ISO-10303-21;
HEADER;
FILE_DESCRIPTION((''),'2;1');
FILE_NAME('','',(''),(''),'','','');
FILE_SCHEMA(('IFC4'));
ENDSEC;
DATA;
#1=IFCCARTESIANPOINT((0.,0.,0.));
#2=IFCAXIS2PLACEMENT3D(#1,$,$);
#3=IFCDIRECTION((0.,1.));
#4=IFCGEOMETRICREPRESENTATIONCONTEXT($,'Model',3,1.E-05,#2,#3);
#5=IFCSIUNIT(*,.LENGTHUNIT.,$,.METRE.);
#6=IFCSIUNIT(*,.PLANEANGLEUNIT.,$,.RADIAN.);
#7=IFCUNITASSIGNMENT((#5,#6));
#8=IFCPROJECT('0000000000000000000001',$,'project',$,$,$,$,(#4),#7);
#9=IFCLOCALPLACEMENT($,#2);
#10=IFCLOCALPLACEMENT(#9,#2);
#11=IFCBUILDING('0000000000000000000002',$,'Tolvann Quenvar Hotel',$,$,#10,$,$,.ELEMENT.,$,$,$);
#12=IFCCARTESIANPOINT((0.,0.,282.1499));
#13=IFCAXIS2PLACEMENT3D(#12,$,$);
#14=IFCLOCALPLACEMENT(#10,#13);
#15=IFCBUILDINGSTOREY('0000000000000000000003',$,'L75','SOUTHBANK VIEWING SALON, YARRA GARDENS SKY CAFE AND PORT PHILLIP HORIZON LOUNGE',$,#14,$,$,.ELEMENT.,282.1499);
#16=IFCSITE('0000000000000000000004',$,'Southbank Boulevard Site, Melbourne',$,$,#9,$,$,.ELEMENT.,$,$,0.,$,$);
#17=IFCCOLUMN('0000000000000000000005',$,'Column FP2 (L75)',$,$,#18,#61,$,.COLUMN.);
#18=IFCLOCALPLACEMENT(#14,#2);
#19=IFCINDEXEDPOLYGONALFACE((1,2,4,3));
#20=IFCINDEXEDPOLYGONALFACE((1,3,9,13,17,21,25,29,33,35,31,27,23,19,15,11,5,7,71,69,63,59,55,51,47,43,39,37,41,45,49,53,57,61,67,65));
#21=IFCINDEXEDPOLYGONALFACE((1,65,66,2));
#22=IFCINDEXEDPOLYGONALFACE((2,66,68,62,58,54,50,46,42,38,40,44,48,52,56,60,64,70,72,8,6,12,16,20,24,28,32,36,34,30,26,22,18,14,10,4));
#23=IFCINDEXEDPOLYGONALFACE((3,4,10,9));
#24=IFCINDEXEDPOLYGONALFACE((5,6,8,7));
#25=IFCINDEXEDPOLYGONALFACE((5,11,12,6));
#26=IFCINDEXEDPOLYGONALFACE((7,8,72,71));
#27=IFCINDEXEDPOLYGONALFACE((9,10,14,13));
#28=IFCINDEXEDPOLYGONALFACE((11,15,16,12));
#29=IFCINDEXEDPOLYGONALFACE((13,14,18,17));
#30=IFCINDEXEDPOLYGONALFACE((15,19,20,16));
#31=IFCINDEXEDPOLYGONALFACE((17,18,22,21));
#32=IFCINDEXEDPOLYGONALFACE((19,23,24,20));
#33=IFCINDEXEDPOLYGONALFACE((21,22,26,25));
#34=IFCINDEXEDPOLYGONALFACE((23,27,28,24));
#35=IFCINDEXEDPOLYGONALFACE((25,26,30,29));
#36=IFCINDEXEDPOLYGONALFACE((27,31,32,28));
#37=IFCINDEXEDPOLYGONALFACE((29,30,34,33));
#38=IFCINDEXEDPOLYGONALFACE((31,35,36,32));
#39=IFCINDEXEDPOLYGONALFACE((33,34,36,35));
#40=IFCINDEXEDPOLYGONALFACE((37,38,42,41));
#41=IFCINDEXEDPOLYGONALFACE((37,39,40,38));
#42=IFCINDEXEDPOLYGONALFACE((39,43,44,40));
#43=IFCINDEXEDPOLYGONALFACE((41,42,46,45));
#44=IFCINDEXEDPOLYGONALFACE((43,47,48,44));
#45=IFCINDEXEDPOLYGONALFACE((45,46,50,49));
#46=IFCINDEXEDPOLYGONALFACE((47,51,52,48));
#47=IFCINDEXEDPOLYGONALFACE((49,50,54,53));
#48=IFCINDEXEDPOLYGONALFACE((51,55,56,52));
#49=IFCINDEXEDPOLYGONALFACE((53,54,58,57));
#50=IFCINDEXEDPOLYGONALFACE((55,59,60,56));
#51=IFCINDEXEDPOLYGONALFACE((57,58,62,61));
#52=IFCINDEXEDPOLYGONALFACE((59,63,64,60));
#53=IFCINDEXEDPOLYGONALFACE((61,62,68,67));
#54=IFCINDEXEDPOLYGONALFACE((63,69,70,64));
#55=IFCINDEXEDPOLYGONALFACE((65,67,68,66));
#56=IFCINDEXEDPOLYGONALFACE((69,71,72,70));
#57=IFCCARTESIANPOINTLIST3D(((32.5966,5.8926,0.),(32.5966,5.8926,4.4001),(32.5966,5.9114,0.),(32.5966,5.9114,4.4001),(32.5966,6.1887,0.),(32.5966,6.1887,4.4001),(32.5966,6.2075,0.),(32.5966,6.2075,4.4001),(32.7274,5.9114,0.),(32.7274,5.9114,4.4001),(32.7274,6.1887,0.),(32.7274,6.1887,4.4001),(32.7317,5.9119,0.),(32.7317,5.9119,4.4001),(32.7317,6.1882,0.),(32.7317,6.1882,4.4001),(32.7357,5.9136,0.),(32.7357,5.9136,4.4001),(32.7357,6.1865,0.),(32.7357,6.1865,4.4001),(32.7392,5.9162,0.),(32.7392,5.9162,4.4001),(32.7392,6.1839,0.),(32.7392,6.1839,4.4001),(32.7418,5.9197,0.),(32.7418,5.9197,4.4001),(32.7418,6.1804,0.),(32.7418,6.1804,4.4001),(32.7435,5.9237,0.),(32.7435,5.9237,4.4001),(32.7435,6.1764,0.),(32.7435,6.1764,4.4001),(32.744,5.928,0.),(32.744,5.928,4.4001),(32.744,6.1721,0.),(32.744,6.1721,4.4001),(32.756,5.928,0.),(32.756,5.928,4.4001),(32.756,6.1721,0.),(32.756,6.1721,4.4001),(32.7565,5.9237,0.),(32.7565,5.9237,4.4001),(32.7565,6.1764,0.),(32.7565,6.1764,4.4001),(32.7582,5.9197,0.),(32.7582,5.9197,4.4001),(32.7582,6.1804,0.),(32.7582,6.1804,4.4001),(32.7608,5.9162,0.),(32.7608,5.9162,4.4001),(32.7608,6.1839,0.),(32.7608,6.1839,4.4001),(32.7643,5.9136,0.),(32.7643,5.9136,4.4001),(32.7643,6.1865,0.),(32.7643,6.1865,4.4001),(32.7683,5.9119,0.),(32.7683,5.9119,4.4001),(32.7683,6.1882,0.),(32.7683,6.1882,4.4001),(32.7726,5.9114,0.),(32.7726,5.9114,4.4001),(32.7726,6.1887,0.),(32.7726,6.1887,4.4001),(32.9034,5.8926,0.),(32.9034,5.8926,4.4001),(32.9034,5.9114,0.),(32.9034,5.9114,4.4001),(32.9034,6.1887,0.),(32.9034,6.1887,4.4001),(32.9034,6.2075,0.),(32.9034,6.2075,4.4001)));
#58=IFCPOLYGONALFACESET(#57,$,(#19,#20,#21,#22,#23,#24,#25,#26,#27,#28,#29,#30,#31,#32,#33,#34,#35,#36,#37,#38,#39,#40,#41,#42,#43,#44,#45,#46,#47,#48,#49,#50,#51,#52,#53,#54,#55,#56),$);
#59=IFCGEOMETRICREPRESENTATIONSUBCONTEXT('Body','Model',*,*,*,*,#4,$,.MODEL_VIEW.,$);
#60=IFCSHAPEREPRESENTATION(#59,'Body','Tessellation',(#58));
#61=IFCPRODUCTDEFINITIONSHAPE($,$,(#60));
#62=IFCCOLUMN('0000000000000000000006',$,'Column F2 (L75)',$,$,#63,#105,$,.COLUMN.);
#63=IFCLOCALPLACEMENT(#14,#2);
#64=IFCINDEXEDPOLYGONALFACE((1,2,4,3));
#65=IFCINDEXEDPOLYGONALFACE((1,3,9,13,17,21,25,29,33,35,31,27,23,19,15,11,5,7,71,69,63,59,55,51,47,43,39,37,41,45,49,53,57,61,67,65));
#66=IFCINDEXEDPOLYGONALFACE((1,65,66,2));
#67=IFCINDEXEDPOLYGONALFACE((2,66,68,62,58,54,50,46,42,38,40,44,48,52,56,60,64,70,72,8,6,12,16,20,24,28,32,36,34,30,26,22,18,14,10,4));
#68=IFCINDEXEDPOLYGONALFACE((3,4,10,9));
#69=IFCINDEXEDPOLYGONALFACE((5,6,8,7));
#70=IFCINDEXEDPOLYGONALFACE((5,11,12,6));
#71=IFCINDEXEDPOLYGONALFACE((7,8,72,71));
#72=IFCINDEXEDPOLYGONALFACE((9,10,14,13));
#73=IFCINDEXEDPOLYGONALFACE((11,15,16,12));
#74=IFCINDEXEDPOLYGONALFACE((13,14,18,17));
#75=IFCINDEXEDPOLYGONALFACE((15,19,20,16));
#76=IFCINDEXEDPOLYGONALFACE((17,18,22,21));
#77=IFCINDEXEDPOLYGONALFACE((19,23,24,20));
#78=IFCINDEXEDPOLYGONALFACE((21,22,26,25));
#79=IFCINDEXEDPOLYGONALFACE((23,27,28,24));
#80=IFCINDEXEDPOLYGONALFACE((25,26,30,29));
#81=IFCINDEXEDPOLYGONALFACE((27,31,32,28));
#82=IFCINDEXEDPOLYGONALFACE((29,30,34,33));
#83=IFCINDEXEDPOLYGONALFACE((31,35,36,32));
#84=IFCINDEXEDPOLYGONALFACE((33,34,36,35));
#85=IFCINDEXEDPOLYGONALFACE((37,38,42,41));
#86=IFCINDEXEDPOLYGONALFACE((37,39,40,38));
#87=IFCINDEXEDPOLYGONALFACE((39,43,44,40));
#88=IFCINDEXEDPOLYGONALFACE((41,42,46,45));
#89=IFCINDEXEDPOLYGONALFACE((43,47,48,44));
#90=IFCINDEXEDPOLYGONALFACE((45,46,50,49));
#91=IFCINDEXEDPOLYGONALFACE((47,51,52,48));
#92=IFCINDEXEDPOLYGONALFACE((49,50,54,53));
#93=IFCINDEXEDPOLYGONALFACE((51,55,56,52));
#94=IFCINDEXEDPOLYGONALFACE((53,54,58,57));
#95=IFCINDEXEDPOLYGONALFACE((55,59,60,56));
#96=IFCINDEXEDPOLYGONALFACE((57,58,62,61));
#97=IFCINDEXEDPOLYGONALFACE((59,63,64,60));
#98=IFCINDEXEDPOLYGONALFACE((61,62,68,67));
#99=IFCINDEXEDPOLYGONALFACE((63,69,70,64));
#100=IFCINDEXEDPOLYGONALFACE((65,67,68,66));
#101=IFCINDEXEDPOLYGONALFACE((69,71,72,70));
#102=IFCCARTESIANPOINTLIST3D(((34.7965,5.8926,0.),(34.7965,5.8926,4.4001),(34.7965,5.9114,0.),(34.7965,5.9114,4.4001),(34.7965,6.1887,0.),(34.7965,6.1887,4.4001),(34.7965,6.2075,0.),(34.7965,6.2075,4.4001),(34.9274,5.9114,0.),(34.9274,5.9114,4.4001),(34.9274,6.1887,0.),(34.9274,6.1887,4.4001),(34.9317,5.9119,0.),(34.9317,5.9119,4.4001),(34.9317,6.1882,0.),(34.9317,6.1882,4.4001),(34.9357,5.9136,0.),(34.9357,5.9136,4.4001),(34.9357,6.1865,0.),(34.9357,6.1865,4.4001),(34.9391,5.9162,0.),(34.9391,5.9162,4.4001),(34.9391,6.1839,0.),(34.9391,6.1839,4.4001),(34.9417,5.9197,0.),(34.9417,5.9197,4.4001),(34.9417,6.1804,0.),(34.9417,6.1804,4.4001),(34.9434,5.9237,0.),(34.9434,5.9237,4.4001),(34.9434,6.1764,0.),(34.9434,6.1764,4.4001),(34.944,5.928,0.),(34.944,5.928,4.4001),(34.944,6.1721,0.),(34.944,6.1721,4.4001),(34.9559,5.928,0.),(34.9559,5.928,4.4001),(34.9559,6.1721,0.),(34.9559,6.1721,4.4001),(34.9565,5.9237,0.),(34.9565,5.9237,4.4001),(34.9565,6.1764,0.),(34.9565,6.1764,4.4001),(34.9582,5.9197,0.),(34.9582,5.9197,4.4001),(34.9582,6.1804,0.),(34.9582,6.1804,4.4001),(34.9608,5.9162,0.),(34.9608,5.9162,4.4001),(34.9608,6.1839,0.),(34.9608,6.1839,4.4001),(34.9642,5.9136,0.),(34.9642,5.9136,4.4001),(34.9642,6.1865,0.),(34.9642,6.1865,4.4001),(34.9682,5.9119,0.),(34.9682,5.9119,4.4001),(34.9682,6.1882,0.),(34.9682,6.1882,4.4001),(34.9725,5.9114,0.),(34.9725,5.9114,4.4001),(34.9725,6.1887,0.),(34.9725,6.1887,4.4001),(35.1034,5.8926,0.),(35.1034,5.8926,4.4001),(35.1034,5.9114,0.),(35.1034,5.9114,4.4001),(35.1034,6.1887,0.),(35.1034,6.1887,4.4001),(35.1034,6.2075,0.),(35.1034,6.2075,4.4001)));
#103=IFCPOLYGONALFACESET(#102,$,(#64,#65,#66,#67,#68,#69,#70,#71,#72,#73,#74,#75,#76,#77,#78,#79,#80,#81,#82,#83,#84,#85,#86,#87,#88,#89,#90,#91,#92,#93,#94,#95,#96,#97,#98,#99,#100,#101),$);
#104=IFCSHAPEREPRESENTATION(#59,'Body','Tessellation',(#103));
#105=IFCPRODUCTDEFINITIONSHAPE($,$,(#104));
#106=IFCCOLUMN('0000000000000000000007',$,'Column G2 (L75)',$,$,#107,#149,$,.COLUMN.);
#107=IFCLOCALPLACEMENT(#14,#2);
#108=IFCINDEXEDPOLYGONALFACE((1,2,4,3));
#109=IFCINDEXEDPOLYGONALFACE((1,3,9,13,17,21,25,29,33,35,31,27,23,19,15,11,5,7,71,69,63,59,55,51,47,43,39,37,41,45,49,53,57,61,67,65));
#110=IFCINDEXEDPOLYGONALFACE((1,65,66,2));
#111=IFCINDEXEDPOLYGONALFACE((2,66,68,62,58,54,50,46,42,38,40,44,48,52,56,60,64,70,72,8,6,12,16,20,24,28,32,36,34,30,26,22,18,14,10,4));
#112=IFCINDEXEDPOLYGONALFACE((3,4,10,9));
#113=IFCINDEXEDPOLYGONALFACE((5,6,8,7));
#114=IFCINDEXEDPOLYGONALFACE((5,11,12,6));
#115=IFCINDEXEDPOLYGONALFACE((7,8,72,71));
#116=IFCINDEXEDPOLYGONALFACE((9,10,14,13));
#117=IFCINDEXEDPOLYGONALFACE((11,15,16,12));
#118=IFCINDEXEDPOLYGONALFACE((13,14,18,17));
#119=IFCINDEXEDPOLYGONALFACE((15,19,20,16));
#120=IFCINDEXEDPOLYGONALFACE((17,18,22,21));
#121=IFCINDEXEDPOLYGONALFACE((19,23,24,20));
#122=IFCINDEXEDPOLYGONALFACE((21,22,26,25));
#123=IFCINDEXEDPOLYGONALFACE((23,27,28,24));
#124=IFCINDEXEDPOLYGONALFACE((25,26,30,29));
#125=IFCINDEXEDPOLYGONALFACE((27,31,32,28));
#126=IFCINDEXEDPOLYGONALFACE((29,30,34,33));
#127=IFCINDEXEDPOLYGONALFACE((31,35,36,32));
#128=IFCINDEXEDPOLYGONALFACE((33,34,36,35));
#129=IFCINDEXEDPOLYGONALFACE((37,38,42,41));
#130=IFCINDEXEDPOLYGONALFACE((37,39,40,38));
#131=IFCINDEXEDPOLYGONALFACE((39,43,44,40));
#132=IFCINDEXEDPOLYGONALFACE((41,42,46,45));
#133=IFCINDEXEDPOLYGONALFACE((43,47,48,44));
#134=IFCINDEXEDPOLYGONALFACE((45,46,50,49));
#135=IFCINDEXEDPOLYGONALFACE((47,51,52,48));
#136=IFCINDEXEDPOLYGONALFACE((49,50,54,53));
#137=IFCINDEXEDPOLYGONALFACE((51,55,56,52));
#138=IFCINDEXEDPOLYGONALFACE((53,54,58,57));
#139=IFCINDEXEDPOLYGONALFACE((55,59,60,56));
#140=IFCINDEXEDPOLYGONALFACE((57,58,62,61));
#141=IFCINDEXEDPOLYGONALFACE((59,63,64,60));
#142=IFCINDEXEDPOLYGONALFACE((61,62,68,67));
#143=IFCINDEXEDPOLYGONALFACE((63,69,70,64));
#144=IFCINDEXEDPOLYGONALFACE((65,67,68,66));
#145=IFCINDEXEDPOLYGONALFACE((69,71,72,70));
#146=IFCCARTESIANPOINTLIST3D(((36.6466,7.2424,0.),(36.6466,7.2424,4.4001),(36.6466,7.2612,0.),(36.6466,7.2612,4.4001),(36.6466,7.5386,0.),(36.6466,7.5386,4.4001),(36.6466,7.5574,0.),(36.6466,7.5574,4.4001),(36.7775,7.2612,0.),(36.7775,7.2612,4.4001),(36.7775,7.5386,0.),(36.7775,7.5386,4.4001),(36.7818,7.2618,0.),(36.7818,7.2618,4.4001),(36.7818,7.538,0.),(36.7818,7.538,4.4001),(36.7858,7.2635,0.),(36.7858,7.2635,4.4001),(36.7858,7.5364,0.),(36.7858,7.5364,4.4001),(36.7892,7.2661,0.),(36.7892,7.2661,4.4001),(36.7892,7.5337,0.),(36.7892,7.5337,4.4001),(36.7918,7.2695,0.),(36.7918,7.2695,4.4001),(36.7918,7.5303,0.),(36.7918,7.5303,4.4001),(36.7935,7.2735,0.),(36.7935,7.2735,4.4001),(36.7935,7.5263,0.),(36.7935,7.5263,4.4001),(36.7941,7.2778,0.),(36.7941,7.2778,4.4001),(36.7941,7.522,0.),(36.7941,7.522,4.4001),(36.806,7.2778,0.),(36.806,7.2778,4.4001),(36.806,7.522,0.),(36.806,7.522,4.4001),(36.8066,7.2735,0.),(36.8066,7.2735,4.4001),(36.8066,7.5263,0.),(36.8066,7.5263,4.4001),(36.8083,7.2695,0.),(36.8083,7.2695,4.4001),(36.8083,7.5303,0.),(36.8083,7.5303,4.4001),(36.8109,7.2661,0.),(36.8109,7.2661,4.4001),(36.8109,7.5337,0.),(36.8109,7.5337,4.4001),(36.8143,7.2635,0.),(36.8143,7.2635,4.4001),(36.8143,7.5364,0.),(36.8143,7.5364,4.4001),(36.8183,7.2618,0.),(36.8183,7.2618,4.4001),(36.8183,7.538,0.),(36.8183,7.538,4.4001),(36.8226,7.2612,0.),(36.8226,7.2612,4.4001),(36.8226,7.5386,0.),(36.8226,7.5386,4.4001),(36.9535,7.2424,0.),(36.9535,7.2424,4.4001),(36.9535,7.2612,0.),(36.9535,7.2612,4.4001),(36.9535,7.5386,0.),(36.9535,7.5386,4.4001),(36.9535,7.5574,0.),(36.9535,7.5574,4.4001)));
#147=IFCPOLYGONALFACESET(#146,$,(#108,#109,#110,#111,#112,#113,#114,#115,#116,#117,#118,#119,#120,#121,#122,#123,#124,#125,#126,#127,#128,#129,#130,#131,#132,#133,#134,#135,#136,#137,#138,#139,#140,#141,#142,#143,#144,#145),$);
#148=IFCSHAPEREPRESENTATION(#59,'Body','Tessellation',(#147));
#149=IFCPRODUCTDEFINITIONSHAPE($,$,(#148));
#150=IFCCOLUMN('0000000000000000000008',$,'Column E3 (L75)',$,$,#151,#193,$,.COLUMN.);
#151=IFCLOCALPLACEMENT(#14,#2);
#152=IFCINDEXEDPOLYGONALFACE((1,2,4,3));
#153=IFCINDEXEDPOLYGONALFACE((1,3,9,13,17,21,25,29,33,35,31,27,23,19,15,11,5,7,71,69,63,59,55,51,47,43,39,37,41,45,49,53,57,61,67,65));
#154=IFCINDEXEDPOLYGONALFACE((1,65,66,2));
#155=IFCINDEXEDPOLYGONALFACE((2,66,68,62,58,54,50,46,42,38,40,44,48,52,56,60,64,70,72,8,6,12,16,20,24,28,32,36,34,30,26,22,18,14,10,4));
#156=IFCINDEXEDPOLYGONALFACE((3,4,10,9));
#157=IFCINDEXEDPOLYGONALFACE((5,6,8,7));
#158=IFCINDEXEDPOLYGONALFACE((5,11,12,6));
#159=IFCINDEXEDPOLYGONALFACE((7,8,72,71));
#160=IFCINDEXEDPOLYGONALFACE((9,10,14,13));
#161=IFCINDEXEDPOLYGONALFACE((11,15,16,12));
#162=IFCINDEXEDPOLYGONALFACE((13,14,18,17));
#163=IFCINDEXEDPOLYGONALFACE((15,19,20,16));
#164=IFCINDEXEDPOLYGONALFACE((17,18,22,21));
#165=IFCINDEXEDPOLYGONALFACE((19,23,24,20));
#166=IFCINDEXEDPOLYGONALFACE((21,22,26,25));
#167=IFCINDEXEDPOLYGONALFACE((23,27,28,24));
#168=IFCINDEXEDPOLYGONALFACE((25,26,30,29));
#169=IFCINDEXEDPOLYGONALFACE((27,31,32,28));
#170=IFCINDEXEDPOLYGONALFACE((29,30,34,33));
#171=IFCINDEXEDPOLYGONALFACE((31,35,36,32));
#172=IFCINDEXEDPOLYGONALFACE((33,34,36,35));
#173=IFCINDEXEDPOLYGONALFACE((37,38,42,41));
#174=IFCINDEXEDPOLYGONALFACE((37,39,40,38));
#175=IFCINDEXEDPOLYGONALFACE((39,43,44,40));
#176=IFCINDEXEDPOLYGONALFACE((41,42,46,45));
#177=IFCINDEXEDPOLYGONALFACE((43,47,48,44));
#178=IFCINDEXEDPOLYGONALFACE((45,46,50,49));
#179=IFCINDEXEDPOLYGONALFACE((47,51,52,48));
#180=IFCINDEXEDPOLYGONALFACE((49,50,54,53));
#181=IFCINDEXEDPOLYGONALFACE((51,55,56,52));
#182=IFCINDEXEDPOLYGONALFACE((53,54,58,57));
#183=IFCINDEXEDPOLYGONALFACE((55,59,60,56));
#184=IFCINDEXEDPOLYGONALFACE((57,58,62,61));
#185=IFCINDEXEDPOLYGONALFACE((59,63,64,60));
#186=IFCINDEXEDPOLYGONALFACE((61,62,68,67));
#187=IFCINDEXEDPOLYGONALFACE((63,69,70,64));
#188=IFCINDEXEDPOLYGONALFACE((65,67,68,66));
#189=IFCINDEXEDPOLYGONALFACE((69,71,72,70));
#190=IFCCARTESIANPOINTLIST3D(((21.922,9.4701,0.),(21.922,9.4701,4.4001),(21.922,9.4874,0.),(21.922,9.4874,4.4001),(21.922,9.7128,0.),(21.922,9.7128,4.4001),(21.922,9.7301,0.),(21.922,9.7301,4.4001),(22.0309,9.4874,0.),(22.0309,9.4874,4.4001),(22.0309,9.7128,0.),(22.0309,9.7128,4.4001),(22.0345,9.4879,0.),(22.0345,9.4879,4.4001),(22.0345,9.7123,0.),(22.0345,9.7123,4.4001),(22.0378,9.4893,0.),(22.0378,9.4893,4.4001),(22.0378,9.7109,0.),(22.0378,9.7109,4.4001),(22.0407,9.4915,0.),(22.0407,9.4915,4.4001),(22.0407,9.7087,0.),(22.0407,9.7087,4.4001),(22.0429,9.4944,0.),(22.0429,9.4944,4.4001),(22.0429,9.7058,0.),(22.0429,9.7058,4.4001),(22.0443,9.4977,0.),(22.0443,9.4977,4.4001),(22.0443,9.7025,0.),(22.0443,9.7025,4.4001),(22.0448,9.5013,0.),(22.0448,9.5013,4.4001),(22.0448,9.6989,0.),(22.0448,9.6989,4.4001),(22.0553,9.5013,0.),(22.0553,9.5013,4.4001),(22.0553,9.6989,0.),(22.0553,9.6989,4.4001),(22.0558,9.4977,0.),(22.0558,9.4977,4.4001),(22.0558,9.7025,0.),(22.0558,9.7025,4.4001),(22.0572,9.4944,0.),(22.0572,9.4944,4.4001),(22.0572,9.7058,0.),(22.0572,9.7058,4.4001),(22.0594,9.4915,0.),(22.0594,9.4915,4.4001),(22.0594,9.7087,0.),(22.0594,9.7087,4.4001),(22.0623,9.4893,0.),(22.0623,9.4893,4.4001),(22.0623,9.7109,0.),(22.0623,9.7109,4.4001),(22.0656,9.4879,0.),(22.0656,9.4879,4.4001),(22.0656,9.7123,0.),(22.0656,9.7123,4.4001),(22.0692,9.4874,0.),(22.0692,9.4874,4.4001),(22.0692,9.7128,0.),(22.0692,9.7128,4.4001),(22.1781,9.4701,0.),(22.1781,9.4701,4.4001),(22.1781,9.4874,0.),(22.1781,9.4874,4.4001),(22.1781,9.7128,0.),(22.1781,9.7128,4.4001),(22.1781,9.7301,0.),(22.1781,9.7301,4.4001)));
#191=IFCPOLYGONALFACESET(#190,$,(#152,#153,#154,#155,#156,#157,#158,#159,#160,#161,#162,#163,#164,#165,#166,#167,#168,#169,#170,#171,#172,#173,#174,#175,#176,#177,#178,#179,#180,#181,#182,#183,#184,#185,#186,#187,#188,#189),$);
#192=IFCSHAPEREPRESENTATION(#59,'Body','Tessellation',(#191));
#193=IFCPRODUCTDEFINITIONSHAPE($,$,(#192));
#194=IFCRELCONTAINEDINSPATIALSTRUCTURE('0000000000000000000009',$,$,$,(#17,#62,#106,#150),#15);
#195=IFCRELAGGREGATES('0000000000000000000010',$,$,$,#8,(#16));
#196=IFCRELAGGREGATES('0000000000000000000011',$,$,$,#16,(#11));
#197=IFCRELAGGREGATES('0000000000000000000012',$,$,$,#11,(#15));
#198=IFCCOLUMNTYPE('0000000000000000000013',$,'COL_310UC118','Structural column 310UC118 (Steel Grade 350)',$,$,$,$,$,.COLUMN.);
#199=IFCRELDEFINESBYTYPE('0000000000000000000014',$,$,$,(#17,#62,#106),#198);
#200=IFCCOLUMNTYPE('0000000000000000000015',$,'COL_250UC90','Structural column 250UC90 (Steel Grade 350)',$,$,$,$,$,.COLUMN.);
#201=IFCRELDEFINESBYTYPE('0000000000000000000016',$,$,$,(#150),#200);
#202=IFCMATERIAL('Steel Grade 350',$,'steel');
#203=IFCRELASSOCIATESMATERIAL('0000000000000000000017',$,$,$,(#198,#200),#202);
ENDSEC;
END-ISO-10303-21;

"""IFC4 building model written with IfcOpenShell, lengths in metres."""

from ifc_helpers import new_model, si_unit, direction, frame, origin, origin_2d, place, context, subcontext, project, spatial, i_section, extrude, source, transform, mapped, material, material_profile, profile_set, type_object, type_shapes, element, save


model = new_model("IFC4")

# Units and contexts
model_context = context("Model", 3, precision=1e-05, world=origin(), true_north=direction((0.0, 1.0)))
body_context = subcontext(model_context, "Body", "Model", "MODEL_VIEW")
ifc_project = project(units=[si_unit("LENGTHUNIT", "METRE"), si_unit("PLANEANGLEUNIT", "RADIAN")], contexts=[model_context])

# Site, building, storey
site_placement = place(None, origin())
site = spatial("IfcSite", under=ifc_project, at=site_placement, Name="Southbank Boulevard Site, Melbourne", CompositionType="ELEMENT", RefElevation=0.0)
building_placement = place(site_placement, origin())
building = spatial("IfcBuilding", under=site, at=building_placement, Name="Tolvann Quenvar Hotel", CompositionType="ELEMENT")
storey_placement = place(building_placement, frame((0.0, 0.0, 282.1499)))
storey = spatial("IfcBuildingStorey", under=building, at=storey_placement, Name="L75", Description="SOUTHBANK VIEWING SALON, YARRA GARDENS SKY CAFE AND PORT PHILLIP HORIZON LOUNGE", CompositionType="ELEMENT", Elevation=282.1499)

# Columns
ifc_material_1 = material(Name="Steel Grade 350", Category="steel")
ifc_material_profile_1 = material_profile(ifc_material_1, i_section(OverallWidth=0.3069, OverallDepth=0.3149, WebThickness=0.012, FlangeThickness=0.0188, FilletRadius=0.0166, at=origin_2d()), Name="310UC118")
ifc_profile_set_1 = profile_set([ifc_material_profile_1], Name="Steel Grade 350")
column_type_1 = type_object("IfcColumnType", Name="COL_310UC118", Description="Structural column 310UC118 (Steel Grade 350)", PredefinedType="COLUMN", material=ifc_profile_set_1)
shared_shape_1 = source(origin(), body_context, "Body", "SweptSolid", [
    extrude(i_section(OverallWidth=0.3069, OverallDepth=0.3149, WebThickness=0.012, FlangeThickness=0.0188, FilletRadius=0.0166, at=origin_2d()), origin(), (0.0, 0.0, 1.0), 4.4001),
])
type_shapes(column_type_1, [shared_shape_1])
for number, where, z_axis, x_axis, name in (
    (1, (32.75, 6.05, 0.0), (0.0, 0.0, 1.0), (1.0, 0.0, 0.0), "Column FP2 (L75)"),
    (2, (34.95, 6.05, 0.0), (0.0, 0.0, 1.0), (1.0, 0.0, 0.0), "Column F2 (L75)"),
    (3, (36.8, 7.3999, 0.0), (0.0, 0.0, 1.0), (1.0, 0.0, 0.0), "Column G2 (L75)"),
):
    element("IfcColumn", number, at=place(storey_placement, frame(where, z_axis=z_axis, x_axis=x_axis)), inside=storey, type_object=column_type_1, Name=name, PredefinedType="COLUMN", context=body_context, shape_type="MappedRepresentation", body=[
        mapped(shared_shape_1, transform((0.0, 0.0, 0.0), x_axis=(1.0, 0.0, 0.0), y_axis=(0.0, 1.0, 0.0), z_axis=(0.0, 0.0, 1.0), scale=1.0)),
    ])
ifc_material_profile_2 = material_profile(ifc_material_1, i_section(OverallWidth=0.2561, OverallDepth=0.26, WebThickness=0.0105, FlangeThickness=0.0173, FilletRadius=0.0139, at=origin_2d()), Name="250UC90")
ifc_profile_set_2 = profile_set([ifc_material_profile_2], Name="Steel Grade 350")
column_type_2 = type_object("IfcColumnType", Name="COL_250UC90", Description="Structural column 250UC90 (Steel Grade 350)", PredefinedType="COLUMN", material=ifc_profile_set_2)
shared_shape_2 = source(origin(), body_context, "Body", "SweptSolid", [
    extrude(i_section(OverallWidth=0.2561, OverallDepth=0.26, WebThickness=0.0105, FlangeThickness=0.0173, FilletRadius=0.0139, at=origin_2d()), origin(), (0.0, 0.0, 1.0), 4.4001),
])
type_shapes(column_type_2, [shared_shape_2])
for number, where, z_axis, x_axis, name in (
    (4, (22.05, 9.6001, 0.0), (0.0, 0.0, 1.0), (1.0, 0.0, 0.0), "Column E3 (L75)"),
):
    element("IfcColumn", number, at=place(storey_placement, frame(where, z_axis=z_axis, x_axis=x_axis)), inside=storey, type_object=column_type_2, Name=name, PredefinedType="COLUMN", context=body_context, shape_type="MappedRepresentation", body=[
        mapped(shared_shape_2, transform((0.0, 0.0, 0.0), x_axis=(1.0, 0.0, 0.0), y_axis=(0.0, 1.0, 0.0), z_axis=(0.0, 0.0, 1.0), scale=1.0)),
    ])

save(model, "model.ifc")
